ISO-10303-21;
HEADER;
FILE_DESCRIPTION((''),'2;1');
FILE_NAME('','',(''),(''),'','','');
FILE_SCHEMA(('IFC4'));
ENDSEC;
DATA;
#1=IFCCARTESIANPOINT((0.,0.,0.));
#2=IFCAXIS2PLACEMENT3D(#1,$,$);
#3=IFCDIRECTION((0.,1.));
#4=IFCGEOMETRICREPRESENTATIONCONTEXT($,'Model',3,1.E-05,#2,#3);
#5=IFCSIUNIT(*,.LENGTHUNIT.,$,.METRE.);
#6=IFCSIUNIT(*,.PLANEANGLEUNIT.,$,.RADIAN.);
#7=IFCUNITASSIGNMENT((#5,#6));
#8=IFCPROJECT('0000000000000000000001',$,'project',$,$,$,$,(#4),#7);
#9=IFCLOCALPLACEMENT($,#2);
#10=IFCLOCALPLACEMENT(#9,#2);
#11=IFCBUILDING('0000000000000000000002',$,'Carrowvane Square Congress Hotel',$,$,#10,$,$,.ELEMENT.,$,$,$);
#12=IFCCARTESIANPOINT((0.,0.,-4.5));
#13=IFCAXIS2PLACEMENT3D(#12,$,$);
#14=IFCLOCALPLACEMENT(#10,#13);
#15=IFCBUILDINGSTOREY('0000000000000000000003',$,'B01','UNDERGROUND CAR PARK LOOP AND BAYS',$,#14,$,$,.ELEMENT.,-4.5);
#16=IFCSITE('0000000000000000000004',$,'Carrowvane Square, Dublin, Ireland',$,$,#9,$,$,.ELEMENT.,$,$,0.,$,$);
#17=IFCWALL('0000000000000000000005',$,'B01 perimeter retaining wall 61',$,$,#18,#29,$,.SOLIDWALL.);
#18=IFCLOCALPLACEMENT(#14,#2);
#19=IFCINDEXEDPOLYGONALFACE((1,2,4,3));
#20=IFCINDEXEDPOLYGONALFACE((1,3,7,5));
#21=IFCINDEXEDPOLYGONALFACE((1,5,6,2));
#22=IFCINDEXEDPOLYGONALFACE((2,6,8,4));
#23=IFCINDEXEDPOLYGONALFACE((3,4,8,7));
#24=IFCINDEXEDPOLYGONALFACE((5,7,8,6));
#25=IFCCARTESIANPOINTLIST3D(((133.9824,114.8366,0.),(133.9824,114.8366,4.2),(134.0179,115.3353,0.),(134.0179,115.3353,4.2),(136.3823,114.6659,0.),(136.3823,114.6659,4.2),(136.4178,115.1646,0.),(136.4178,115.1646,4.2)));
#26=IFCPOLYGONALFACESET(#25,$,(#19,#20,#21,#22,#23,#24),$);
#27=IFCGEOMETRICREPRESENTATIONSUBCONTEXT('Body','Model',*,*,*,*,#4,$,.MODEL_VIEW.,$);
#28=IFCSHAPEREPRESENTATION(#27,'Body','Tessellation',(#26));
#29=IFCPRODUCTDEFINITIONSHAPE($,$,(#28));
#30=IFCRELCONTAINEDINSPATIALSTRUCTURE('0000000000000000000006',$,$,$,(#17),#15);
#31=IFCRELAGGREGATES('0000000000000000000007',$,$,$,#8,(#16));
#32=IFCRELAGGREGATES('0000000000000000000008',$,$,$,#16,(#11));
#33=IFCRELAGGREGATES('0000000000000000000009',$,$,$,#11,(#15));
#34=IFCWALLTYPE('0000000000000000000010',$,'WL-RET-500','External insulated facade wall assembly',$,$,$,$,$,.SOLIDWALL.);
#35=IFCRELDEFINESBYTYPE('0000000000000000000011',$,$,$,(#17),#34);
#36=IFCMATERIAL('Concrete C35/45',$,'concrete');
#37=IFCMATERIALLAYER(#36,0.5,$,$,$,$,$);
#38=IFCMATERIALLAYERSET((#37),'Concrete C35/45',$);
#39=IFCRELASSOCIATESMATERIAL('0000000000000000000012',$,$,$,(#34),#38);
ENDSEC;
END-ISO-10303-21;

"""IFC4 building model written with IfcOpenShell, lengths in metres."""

from ifc_helpers import new_model, si_unit, direction, frame, frame_2d, origin, place, context, subcontext, project, spatial, rectangle, extrude, material, layer, layer_set, type_object, element, save


model = new_model("IFC4")

# Units and contexts
model_context = context("Model", 3, precision=1e-05, world=origin(), true_north=direction((0.0, 1.0)))
body_context = subcontext(model_context, "Body", "Model", "MODEL_VIEW")
ifc_project = project(units=[si_unit("LENGTHUNIT", "METRE"), si_unit("PLANEANGLEUNIT", "RADIAN")], contexts=[model_context])

# Site, building, storey
site_placement = place(None, origin())
site = spatial("IfcSite", under=ifc_project, at=site_placement, Name="Carrowvane Square, Dublin, Ireland", CompositionType="ELEMENT", RefElevation=0.0)
building_placement = place(site_placement, origin())
building = spatial("IfcBuilding", under=site, at=building_placement, Name="Carrowvane Square Congress Hotel", CompositionType="ELEMENT")
storey_placement = place(building_placement, frame((0.0, 0.0, -4.5)))
storey = spatial("IfcBuildingStorey", under=building, at=storey_placement, Name="B01", Description="UNDERGROUND CAR PARK LOOP AND BAYS", CompositionType="ELEMENT", Elevation=-4.5)

# Wall
ifc_material_1 = material(Name="Concrete C35/45", Category="concrete")
ifc_layer_1 = layer(ifc_material_1, 0.5)
ifc_layer_set_1 = layer_set([ifc_layer_1], Name="Concrete C35/45")
wall_type_1 = type_object("IfcWallType", Name="WL-RET-500", Description="External insulated facade wall assembly", PredefinedType="SOLIDWALL", material=ifc_layer_set_1)
wall_1_placement = place(storey_placement, frame((134.0, 115.0859, 0.0), z_axis=(0.0, 0.0, 1.0), x_axis=(0.997481, -0.07093, 0.0)))
element("IfcWall", 1, at=wall_1_placement, inside=storey, type_object=wall_type_1, Name="B01 perimeter retaining wall 61", PredefinedType="SOLIDWALL", context=body_context, shape_type="SweptSolid", body=[
    extrude(rectangle(XDim=2.406, YDim=0.5, at=frame_2d((1.2031, 0.0))), origin(), (0.0, 0.0, 1.0), 4.2),
])

save(model, "model.ifc")
